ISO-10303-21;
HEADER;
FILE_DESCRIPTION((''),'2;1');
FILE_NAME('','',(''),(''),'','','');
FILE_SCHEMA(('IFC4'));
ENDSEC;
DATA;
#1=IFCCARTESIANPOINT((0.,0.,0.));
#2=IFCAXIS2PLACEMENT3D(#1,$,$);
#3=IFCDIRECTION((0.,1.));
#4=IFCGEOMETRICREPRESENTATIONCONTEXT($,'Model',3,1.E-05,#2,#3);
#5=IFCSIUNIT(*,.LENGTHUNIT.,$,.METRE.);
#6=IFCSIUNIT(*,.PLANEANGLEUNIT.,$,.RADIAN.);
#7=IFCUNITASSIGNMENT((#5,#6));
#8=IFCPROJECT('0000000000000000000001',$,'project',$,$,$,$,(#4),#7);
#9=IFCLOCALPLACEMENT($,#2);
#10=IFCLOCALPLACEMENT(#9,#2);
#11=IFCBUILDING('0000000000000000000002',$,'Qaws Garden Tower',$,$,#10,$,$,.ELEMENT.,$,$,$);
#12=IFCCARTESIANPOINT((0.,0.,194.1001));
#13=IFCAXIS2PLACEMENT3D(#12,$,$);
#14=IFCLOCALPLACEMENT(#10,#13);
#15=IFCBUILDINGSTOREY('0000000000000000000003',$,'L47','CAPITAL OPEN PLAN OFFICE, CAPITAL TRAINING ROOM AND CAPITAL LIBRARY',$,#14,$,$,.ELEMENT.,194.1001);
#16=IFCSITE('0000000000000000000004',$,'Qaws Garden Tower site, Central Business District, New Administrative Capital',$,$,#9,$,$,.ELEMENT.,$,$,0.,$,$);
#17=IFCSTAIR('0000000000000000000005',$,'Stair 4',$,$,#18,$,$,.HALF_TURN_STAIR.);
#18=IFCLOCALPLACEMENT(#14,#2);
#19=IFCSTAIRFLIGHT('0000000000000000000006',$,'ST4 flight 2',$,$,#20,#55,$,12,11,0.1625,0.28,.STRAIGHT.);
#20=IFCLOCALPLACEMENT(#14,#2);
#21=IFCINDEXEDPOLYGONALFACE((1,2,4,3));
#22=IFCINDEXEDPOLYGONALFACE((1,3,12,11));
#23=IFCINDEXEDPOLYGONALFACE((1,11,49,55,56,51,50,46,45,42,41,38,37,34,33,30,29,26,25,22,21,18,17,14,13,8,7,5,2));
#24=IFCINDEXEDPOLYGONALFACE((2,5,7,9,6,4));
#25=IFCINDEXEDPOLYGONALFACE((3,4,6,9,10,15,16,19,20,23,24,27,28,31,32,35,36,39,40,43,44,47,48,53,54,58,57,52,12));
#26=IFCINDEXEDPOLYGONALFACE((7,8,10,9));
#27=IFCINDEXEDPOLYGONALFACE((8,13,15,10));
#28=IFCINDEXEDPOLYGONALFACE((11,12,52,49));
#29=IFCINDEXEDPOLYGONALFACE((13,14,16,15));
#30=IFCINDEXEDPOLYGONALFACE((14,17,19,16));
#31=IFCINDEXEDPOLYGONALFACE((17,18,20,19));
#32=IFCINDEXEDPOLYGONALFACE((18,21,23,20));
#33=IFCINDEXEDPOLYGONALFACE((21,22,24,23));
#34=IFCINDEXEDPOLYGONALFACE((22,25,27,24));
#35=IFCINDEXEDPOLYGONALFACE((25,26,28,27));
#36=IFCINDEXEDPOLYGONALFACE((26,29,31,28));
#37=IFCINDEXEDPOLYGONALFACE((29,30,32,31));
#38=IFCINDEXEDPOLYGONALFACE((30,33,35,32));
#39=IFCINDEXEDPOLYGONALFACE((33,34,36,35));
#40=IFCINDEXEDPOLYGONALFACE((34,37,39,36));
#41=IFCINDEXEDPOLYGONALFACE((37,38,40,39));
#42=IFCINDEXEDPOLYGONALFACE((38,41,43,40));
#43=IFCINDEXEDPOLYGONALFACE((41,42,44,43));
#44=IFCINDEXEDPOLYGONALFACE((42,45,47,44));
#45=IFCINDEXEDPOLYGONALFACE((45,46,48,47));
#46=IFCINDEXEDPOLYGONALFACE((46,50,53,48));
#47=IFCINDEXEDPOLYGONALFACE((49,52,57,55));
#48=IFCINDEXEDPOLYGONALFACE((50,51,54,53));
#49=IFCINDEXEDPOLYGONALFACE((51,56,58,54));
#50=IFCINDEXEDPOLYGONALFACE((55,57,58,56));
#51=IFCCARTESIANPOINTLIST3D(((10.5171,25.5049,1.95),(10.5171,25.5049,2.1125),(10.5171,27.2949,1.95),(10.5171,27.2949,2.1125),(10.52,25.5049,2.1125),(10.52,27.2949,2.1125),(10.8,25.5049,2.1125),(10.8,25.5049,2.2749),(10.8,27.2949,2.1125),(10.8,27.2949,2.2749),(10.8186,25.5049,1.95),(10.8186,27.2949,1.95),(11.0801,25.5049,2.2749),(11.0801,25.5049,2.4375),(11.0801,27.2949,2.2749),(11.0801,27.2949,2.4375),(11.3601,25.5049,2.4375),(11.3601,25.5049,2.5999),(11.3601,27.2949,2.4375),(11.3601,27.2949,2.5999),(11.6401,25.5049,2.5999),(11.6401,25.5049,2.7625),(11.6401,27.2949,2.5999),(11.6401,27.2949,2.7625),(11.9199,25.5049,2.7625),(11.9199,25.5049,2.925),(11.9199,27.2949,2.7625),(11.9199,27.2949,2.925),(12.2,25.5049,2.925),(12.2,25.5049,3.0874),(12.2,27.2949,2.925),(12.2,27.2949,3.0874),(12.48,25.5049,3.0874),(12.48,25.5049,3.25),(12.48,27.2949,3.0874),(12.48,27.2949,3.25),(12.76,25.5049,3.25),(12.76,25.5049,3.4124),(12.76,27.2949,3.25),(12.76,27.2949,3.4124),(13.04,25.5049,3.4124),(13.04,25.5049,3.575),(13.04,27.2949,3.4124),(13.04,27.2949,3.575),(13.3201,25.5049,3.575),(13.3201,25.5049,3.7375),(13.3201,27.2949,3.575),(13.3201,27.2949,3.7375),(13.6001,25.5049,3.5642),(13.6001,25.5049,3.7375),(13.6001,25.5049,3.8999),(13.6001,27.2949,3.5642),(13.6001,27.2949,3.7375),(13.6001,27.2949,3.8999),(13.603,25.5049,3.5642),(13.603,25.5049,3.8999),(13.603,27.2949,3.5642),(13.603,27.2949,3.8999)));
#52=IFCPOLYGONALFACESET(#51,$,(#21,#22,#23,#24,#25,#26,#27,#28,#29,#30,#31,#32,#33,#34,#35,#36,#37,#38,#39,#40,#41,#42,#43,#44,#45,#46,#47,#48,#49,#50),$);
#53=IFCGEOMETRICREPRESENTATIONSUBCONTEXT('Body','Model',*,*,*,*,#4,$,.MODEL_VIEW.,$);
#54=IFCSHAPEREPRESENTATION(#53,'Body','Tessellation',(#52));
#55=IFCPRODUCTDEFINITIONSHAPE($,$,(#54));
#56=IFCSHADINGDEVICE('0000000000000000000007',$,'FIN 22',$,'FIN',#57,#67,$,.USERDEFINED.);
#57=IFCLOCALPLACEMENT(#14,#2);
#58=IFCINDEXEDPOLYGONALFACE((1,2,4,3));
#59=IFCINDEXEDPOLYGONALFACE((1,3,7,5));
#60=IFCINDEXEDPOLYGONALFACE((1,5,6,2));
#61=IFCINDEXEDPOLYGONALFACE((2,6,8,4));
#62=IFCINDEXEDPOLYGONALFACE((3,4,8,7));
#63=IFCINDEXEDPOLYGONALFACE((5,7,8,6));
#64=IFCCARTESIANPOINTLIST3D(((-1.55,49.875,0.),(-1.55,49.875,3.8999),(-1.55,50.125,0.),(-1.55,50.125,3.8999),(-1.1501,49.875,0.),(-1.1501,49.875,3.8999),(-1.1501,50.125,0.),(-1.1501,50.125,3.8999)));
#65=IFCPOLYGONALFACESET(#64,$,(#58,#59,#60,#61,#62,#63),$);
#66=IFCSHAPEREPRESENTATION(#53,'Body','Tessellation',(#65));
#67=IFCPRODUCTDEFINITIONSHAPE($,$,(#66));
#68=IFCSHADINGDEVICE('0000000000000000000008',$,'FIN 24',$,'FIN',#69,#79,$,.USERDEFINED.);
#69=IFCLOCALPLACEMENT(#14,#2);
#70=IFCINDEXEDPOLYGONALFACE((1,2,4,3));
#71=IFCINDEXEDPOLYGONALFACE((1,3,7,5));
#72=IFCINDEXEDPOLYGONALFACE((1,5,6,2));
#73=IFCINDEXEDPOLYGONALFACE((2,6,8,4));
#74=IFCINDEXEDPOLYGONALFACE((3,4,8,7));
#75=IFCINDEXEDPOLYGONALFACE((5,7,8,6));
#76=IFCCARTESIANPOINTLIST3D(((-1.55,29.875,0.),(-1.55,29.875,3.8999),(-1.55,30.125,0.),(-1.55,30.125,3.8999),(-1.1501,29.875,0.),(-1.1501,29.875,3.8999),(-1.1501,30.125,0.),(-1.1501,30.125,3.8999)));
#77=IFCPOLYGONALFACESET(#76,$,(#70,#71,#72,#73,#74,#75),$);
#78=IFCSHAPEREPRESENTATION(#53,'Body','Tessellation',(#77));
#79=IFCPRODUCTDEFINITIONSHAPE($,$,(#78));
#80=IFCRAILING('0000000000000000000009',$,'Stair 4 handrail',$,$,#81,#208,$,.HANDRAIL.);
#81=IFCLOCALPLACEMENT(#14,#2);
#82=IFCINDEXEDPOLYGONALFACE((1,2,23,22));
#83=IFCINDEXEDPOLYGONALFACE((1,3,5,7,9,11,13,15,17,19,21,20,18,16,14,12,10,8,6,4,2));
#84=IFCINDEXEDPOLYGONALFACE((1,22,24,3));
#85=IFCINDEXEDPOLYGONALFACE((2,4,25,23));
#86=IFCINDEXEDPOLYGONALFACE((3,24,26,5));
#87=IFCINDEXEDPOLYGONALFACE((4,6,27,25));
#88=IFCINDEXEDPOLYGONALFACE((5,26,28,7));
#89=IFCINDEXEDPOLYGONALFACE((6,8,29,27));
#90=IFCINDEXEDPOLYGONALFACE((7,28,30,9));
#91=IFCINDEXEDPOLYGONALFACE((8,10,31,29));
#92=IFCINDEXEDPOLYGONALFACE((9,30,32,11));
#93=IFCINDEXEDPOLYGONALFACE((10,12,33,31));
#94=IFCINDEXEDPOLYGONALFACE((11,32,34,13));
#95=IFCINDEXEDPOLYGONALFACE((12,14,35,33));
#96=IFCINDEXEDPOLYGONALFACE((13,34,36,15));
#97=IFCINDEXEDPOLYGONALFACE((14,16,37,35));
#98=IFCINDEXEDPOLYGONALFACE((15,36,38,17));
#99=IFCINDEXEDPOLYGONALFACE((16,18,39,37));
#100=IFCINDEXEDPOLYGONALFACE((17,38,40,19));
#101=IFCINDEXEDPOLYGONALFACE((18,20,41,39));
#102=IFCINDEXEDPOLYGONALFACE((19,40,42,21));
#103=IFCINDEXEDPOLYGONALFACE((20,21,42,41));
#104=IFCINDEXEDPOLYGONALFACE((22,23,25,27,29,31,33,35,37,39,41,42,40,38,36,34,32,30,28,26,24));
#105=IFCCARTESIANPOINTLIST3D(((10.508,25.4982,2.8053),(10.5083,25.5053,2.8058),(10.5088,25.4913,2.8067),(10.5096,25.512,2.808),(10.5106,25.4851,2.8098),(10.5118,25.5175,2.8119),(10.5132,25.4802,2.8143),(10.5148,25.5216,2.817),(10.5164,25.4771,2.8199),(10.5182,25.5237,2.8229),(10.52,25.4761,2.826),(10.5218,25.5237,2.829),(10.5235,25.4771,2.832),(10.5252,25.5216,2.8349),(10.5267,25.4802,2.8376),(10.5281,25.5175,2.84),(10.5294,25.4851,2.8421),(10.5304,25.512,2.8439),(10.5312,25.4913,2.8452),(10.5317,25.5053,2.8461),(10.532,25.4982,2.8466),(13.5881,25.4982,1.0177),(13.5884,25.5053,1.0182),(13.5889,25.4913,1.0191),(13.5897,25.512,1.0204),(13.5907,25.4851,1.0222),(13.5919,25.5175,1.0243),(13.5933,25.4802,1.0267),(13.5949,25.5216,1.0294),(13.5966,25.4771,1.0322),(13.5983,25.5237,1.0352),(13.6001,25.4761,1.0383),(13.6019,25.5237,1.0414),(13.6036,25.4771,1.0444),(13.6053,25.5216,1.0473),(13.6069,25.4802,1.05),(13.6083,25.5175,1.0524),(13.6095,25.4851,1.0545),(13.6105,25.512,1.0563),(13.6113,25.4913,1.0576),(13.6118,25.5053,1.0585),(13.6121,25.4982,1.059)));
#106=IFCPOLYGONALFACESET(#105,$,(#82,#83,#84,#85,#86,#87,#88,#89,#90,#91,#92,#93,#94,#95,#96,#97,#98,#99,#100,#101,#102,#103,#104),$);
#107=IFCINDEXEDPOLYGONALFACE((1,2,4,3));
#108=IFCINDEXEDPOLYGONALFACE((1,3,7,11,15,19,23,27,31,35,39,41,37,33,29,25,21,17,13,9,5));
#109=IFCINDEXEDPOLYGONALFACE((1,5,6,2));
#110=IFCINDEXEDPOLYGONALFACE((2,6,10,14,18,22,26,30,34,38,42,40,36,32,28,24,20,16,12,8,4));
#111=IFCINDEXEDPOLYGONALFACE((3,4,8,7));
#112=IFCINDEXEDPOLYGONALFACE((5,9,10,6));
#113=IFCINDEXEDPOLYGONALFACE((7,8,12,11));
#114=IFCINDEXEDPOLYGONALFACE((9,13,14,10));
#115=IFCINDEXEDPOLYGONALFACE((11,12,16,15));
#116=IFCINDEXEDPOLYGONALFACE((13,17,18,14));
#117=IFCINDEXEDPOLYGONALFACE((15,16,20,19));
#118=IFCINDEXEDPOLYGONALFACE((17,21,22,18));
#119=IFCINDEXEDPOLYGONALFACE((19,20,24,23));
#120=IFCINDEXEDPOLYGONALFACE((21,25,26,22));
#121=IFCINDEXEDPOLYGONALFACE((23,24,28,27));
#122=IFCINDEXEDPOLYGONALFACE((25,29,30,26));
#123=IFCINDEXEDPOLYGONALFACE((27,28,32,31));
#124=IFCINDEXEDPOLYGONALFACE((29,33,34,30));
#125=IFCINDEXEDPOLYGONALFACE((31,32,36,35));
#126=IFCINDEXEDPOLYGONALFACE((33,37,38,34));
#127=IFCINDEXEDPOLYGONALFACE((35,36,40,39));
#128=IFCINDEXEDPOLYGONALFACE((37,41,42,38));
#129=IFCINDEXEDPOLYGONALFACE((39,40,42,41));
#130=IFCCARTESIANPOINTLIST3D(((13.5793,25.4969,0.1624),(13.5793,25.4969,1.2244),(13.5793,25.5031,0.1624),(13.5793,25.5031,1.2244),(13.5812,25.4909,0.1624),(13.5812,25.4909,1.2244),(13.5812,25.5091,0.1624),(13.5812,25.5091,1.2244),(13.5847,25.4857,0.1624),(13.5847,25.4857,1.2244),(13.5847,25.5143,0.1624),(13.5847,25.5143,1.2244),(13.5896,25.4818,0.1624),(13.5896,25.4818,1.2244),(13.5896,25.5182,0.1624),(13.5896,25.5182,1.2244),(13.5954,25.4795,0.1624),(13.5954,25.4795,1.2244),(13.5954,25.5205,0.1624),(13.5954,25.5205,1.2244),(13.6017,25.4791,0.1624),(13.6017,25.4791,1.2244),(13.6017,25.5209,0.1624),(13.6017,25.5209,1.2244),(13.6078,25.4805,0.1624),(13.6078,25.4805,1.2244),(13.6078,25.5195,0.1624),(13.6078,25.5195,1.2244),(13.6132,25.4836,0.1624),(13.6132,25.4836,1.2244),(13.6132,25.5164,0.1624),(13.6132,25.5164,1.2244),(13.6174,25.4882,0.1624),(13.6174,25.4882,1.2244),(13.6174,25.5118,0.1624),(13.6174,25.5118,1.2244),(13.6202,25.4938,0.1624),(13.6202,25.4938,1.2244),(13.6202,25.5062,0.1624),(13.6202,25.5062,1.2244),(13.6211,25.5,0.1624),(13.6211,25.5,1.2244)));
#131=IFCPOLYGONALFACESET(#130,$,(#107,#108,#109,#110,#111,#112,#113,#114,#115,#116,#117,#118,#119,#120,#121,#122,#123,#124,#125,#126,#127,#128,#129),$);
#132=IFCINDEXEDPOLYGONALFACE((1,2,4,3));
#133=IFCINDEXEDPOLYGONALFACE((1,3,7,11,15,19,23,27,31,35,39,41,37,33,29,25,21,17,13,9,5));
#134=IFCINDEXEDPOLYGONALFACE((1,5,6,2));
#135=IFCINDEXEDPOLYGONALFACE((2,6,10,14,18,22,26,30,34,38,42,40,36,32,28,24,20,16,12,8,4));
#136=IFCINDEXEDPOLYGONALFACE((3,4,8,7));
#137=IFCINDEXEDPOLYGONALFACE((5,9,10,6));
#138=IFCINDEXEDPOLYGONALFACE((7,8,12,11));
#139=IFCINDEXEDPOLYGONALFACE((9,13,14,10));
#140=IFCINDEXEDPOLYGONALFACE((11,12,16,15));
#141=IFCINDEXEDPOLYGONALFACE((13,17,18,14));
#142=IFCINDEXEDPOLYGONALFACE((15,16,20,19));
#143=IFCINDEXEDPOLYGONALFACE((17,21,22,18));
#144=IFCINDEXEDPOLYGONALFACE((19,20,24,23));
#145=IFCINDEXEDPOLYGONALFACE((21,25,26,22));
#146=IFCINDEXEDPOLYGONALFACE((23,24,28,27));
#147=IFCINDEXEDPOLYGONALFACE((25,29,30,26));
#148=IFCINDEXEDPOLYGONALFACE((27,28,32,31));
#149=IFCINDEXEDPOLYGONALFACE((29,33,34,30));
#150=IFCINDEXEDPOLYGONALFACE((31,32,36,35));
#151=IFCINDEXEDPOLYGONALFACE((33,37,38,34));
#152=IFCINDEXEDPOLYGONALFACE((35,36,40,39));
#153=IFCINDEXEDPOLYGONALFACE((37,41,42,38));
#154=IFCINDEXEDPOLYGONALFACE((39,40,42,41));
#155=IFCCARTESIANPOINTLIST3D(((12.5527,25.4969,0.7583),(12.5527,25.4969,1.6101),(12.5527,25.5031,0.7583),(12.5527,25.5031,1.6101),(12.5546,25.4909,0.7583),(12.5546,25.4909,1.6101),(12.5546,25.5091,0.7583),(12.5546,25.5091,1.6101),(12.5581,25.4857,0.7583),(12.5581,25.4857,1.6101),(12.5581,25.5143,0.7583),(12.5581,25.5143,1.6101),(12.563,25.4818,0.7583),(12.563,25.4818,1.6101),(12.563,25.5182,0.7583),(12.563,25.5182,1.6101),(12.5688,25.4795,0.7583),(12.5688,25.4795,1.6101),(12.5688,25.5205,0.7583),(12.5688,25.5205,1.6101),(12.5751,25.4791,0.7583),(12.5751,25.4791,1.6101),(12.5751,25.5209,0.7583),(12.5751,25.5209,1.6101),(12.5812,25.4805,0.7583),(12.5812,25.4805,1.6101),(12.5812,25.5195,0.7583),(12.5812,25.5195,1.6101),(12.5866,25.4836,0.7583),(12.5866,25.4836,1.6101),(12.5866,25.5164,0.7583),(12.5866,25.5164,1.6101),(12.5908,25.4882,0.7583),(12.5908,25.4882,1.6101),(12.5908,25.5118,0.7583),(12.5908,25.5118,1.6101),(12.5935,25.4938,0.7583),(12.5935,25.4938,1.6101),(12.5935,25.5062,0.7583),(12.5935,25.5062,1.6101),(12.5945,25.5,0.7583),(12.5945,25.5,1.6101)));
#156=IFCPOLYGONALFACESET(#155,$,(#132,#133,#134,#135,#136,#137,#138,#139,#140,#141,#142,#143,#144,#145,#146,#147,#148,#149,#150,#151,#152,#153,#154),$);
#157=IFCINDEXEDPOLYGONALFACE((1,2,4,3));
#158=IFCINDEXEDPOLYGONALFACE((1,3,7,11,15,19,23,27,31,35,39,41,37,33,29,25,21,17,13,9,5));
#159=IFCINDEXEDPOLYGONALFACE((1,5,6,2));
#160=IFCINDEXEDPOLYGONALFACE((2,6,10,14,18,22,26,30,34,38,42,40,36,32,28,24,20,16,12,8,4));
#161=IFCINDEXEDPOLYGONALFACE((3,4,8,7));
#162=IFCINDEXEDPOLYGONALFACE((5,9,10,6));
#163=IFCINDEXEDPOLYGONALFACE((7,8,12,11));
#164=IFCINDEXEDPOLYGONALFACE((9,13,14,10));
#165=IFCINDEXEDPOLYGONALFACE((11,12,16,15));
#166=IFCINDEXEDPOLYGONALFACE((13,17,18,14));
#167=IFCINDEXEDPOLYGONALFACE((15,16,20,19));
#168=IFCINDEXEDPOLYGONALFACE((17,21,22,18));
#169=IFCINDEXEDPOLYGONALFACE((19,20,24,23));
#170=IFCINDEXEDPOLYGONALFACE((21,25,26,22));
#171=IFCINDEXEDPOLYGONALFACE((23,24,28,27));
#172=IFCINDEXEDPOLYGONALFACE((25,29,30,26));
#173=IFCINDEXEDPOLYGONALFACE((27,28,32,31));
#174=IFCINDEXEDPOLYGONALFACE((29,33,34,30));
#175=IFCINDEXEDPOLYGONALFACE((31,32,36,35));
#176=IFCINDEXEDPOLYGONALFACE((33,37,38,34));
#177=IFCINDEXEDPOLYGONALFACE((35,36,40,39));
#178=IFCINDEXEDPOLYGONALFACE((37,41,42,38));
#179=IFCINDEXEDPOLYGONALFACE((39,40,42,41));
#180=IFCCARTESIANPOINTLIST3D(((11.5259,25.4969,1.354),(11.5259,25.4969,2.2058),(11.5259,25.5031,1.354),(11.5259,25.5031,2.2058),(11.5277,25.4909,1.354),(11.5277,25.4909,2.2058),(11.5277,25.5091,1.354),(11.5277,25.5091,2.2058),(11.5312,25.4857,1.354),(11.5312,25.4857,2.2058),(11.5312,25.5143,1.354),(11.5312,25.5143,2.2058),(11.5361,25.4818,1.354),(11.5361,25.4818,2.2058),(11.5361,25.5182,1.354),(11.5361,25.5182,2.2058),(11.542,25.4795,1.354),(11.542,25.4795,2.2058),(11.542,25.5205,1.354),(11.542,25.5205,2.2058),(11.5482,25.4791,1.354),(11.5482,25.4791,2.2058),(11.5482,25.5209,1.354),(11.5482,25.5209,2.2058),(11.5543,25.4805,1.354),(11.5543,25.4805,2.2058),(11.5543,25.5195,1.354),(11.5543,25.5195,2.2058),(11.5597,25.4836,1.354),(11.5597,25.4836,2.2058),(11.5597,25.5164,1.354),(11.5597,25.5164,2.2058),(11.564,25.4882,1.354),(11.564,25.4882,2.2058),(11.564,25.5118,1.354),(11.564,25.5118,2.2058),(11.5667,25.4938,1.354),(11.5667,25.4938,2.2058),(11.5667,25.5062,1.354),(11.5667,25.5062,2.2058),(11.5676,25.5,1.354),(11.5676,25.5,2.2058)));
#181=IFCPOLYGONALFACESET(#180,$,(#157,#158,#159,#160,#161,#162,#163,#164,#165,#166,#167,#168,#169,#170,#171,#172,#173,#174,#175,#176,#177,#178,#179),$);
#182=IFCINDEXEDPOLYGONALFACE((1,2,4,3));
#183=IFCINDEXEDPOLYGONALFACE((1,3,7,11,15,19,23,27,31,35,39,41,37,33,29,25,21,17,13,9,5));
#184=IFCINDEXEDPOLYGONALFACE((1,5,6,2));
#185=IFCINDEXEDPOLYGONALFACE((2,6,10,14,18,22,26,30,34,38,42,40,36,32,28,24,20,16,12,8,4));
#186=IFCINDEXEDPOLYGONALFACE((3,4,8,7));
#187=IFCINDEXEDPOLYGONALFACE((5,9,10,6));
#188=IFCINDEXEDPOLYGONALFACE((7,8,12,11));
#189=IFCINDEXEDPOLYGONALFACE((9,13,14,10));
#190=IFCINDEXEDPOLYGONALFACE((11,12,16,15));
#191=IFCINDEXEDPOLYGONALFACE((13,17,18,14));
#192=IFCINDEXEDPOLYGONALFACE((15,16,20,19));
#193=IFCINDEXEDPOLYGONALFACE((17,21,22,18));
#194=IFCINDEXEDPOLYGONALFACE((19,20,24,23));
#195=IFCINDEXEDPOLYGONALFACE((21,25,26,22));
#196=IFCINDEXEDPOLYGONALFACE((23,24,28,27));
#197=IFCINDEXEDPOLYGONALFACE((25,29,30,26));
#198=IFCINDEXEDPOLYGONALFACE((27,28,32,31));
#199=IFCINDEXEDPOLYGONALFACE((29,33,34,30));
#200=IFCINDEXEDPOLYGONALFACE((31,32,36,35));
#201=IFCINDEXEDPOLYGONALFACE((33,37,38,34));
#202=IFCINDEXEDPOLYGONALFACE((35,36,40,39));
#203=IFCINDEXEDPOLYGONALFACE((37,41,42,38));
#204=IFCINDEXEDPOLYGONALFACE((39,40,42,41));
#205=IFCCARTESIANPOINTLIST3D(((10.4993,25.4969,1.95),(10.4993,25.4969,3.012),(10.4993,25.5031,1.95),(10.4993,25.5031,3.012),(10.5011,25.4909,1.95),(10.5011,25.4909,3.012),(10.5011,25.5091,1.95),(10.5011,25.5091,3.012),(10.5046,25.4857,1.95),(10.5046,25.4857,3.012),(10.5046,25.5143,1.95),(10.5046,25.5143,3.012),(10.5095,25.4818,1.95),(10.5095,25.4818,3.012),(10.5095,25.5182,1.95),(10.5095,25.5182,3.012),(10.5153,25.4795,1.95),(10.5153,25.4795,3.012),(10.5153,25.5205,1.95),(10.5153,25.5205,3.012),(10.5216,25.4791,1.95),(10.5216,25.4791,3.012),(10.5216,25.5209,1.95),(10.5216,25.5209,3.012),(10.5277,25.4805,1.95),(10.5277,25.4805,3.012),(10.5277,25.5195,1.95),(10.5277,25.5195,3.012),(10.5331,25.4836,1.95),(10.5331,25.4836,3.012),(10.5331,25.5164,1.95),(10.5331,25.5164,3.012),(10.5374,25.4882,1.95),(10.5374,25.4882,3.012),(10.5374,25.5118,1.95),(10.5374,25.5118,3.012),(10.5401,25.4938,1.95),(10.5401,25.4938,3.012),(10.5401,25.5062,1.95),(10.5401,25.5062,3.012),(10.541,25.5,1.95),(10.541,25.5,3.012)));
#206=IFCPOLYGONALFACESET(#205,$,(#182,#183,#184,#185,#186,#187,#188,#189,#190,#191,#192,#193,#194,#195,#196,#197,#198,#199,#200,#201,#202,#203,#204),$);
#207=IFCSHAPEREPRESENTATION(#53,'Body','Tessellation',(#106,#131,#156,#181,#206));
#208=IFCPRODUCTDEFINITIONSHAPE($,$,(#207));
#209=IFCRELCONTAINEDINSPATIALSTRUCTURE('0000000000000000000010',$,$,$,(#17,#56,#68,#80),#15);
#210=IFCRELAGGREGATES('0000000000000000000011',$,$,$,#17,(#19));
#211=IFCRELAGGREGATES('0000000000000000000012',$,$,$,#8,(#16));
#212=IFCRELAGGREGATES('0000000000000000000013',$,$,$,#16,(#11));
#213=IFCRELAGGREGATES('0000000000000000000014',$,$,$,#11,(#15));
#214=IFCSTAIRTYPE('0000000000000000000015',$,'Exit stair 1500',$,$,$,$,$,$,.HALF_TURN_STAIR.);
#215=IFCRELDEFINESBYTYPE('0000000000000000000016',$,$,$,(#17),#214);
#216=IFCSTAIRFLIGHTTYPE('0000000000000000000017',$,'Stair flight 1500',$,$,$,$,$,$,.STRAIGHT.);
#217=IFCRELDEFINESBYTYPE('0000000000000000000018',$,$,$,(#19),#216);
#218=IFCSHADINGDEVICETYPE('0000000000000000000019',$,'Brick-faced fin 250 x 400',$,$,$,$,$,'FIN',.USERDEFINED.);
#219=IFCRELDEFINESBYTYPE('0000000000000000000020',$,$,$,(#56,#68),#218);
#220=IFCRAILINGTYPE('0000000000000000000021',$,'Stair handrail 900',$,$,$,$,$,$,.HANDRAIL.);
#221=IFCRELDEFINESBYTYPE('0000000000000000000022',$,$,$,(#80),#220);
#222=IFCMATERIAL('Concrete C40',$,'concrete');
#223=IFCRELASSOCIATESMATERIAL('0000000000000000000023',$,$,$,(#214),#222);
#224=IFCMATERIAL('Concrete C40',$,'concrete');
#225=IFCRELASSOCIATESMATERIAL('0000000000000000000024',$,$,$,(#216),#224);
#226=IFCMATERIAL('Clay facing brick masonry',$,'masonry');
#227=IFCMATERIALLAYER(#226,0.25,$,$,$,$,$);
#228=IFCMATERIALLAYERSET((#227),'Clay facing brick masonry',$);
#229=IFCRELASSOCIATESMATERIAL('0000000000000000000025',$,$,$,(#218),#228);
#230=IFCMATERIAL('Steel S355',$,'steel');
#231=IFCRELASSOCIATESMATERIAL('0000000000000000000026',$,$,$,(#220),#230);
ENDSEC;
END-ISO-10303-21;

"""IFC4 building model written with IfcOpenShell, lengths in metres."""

from ifc_helpers import new_model, si_unit, direction, frame, origin, origin_2d, place, context, subcontext, project, spatial, polyline, rectangle, circle, outline, extrude, material, layer, layer_set, type_object, element, aggregate, save


model = new_model("IFC4")

# Units and contexts
model_context = context("Model", 3, precision=1e-05, world=origin(), true_north=direction((0.0, 1.0)))
body_context = subcontext(model_context, "Body", "Model", "MODEL_VIEW")
ifc_project = project(units=[si_unit("LENGTHUNIT", "METRE"), si_unit("PLANEANGLEUNIT", "RADIAN")], contexts=[model_context])

# Site, building, storey
site_placement = place(None, origin())
site = spatial("IfcSite", under=ifc_project, at=site_placement, Name="Qaws Garden Tower site, Central Business District, New Administrative Capital", CompositionType="ELEMENT", RefElevation=0.0)
building_placement = place(site_placement, origin())
building = spatial("IfcBuilding", under=site, at=building_placement, Name="Qaws Garden Tower", CompositionType="ELEMENT")
storey_placement = place(building_placement, frame((0.0, 0.0, 194.1001)))
storey = spatial("IfcBuildingStorey", under=building, at=storey_placement, Name="L47", Description="CAPITAL OPEN PLAN OFFICE, CAPITAL TRAINING ROOM AND CAPITAL LIBRARY", CompositionType="ELEMENT", Elevation=194.1001)

# Stair, stair flight
ifc_material_1 = material(Name="Concrete C40", Category="concrete")
stair_type = type_object("IfcStairType", Name="Exit stair 1500", PredefinedType="HALF_TURN_STAIR", material=ifc_material_1)
stair_placement = place(storey_placement, origin())
stair = element("IfcStair", 1, at=stair_placement, inside=storey, type_object=stair_type, Name="Stair 4", PredefinedType="HALF_TURN_STAIR")
ifc_material_2 = material(Name="Concrete C40", Category="concrete")
stair_flight_type = type_object("IfcStairFlightType", Name="Stair flight 1500", PredefinedType="STRAIGHT", material=ifc_material_2)
stair_flight_placement = place(storey_placement, frame((10.52, 26.3999, 1.95), z_axis=(0.0, 0.0, 1.0), x_axis=(1.0, 0.0, 0.0)))
stair_flight = element("IfcStairFlight", 2, at=stair_flight_placement, type_object=stair_flight_type, Name="ST4 flight 2", NumberOfRisers=12, NumberOfTreads=11, PredefinedType="STRAIGHT", RiserHeight=0.1625, TreadLength=0.28, context=body_context, shape_type="SweptSolid", body=[
    extrude(outline(polyline([(-0.0029, 0.0), (-0.0029, 0.1626), (0.0, 0.1626), (0.28, 0.1626), (0.28, 0.325), (0.5601, 0.325), (0.5601, 0.4875), (0.8401, 0.4875), (0.8401, 0.6499), (1.1201, 0.6499), (1.1201, 0.8125), (1.3999, 0.8125), (1.3999, 0.9751), (1.6799, 0.9751), (1.6799, 1.1375), (1.96, 1.1375), (1.96, 1.3), (2.24, 1.3), (2.24, 1.4624), (2.52, 1.4624), (2.52, 1.625), (2.8, 1.625), (2.8, 1.7876), (3.0801, 1.7876), (3.0801, 1.95), (3.083, 1.95), (3.083, 1.6143), (3.0801, 1.6143), (0.2986, 0.0), (-0.0029, 0.0)])), frame((0.0, 0.895, 0.0), z_axis=(0.0, -1.0, 0.0), x_axis=(1.0, 0.0, 0.0)), (0.0, 0.0, 1.0), 1.79),
])
aggregate(stair, [stair_flight])

# Shading devices
ifc_material_3 = material(Name="Clay facing brick masonry", Category="masonry")
ifc_layer_1 = layer(ifc_material_3, 0.25)
ifc_layer_set_1 = layer_set([ifc_layer_1], Name="Clay facing brick masonry")
shading_device_type = type_object("IfcShadingDeviceType", Name="Brick-faced fin 250 x 400", ElementType="FIN", PredefinedType="USERDEFINED", material=ifc_layer_set_1)
for number, where, z_axis, x_axis, name in (
    (3, (-1.3501, 50.0, 0.0), (0.0, 0.0, 1.0), (0.0, -1.0, 0.0), "FIN 22"),
    (4, (-1.3501, 30.0, 0.0), (0.0, 0.0, 1.0), (0.0, -1.0, 0.0), "FIN 24"),
):
    element("IfcShadingDevice", number, at=place(storey_placement, frame(where, z_axis=z_axis, x_axis=x_axis)), inside=storey, type_object=shading_device_type, Name=name, ObjectType="FIN", PredefinedType="USERDEFINED", context=body_context, shape_type="SweptSolid", body=[
        extrude(rectangle(XDim=0.25, YDim=0.3999, at=origin_2d()), origin(), (0.0, 0.0, 1.0), 3.8999),
    ])

# Railing
ifc_material_4 = material(Name="Steel S355", Category="steel")
railing_type = type_object("IfcRailingType", Name="Stair handrail 900", PredefinedType="HANDRAIL", material=ifc_material_4)
railing_1_placement = place(storey_placement, frame((13.6001, 25.5, 0.1624)))
element("IfcRailing", 5, at=railing_1_placement, inside=storey, type_object=railing_type, Name="Stair 4 handrail", PredefinedType="HANDRAIL", context=body_context, shape_type="SweptSolid", body=[
    extrude(circle(Radius=0.0239, at=origin_2d()), frame((0.0, 0.0, 0.876), z_axis=(-0.864891, 0.0, 0.50196), x_axis=(0.0, -1.0, 0.0)), (0.0, 0.0, 1.0), 3.5613),
    extrude(circle(Radius=0.021, at=origin_2d()), origin(), (0.0, 0.0, 1.0), 1.062),
    extrude(circle(Radius=0.021, at=origin_2d()), frame((-1.0266, 0.0, 0.5959)), (0.0, 0.0, 1.0), 0.8518),
    extrude(circle(Radius=0.021, at=origin_2d()), frame((-2.0535, 0.0, 1.1917)), (0.0, 0.0, 1.0), 0.8518),
    extrude(circle(Radius=0.021, at=origin_2d()), frame((-3.0801, 0.0, 1.7876)), (0.0, 0.0, 1.0), 1.062),
])

save(model, "model.ifc")
